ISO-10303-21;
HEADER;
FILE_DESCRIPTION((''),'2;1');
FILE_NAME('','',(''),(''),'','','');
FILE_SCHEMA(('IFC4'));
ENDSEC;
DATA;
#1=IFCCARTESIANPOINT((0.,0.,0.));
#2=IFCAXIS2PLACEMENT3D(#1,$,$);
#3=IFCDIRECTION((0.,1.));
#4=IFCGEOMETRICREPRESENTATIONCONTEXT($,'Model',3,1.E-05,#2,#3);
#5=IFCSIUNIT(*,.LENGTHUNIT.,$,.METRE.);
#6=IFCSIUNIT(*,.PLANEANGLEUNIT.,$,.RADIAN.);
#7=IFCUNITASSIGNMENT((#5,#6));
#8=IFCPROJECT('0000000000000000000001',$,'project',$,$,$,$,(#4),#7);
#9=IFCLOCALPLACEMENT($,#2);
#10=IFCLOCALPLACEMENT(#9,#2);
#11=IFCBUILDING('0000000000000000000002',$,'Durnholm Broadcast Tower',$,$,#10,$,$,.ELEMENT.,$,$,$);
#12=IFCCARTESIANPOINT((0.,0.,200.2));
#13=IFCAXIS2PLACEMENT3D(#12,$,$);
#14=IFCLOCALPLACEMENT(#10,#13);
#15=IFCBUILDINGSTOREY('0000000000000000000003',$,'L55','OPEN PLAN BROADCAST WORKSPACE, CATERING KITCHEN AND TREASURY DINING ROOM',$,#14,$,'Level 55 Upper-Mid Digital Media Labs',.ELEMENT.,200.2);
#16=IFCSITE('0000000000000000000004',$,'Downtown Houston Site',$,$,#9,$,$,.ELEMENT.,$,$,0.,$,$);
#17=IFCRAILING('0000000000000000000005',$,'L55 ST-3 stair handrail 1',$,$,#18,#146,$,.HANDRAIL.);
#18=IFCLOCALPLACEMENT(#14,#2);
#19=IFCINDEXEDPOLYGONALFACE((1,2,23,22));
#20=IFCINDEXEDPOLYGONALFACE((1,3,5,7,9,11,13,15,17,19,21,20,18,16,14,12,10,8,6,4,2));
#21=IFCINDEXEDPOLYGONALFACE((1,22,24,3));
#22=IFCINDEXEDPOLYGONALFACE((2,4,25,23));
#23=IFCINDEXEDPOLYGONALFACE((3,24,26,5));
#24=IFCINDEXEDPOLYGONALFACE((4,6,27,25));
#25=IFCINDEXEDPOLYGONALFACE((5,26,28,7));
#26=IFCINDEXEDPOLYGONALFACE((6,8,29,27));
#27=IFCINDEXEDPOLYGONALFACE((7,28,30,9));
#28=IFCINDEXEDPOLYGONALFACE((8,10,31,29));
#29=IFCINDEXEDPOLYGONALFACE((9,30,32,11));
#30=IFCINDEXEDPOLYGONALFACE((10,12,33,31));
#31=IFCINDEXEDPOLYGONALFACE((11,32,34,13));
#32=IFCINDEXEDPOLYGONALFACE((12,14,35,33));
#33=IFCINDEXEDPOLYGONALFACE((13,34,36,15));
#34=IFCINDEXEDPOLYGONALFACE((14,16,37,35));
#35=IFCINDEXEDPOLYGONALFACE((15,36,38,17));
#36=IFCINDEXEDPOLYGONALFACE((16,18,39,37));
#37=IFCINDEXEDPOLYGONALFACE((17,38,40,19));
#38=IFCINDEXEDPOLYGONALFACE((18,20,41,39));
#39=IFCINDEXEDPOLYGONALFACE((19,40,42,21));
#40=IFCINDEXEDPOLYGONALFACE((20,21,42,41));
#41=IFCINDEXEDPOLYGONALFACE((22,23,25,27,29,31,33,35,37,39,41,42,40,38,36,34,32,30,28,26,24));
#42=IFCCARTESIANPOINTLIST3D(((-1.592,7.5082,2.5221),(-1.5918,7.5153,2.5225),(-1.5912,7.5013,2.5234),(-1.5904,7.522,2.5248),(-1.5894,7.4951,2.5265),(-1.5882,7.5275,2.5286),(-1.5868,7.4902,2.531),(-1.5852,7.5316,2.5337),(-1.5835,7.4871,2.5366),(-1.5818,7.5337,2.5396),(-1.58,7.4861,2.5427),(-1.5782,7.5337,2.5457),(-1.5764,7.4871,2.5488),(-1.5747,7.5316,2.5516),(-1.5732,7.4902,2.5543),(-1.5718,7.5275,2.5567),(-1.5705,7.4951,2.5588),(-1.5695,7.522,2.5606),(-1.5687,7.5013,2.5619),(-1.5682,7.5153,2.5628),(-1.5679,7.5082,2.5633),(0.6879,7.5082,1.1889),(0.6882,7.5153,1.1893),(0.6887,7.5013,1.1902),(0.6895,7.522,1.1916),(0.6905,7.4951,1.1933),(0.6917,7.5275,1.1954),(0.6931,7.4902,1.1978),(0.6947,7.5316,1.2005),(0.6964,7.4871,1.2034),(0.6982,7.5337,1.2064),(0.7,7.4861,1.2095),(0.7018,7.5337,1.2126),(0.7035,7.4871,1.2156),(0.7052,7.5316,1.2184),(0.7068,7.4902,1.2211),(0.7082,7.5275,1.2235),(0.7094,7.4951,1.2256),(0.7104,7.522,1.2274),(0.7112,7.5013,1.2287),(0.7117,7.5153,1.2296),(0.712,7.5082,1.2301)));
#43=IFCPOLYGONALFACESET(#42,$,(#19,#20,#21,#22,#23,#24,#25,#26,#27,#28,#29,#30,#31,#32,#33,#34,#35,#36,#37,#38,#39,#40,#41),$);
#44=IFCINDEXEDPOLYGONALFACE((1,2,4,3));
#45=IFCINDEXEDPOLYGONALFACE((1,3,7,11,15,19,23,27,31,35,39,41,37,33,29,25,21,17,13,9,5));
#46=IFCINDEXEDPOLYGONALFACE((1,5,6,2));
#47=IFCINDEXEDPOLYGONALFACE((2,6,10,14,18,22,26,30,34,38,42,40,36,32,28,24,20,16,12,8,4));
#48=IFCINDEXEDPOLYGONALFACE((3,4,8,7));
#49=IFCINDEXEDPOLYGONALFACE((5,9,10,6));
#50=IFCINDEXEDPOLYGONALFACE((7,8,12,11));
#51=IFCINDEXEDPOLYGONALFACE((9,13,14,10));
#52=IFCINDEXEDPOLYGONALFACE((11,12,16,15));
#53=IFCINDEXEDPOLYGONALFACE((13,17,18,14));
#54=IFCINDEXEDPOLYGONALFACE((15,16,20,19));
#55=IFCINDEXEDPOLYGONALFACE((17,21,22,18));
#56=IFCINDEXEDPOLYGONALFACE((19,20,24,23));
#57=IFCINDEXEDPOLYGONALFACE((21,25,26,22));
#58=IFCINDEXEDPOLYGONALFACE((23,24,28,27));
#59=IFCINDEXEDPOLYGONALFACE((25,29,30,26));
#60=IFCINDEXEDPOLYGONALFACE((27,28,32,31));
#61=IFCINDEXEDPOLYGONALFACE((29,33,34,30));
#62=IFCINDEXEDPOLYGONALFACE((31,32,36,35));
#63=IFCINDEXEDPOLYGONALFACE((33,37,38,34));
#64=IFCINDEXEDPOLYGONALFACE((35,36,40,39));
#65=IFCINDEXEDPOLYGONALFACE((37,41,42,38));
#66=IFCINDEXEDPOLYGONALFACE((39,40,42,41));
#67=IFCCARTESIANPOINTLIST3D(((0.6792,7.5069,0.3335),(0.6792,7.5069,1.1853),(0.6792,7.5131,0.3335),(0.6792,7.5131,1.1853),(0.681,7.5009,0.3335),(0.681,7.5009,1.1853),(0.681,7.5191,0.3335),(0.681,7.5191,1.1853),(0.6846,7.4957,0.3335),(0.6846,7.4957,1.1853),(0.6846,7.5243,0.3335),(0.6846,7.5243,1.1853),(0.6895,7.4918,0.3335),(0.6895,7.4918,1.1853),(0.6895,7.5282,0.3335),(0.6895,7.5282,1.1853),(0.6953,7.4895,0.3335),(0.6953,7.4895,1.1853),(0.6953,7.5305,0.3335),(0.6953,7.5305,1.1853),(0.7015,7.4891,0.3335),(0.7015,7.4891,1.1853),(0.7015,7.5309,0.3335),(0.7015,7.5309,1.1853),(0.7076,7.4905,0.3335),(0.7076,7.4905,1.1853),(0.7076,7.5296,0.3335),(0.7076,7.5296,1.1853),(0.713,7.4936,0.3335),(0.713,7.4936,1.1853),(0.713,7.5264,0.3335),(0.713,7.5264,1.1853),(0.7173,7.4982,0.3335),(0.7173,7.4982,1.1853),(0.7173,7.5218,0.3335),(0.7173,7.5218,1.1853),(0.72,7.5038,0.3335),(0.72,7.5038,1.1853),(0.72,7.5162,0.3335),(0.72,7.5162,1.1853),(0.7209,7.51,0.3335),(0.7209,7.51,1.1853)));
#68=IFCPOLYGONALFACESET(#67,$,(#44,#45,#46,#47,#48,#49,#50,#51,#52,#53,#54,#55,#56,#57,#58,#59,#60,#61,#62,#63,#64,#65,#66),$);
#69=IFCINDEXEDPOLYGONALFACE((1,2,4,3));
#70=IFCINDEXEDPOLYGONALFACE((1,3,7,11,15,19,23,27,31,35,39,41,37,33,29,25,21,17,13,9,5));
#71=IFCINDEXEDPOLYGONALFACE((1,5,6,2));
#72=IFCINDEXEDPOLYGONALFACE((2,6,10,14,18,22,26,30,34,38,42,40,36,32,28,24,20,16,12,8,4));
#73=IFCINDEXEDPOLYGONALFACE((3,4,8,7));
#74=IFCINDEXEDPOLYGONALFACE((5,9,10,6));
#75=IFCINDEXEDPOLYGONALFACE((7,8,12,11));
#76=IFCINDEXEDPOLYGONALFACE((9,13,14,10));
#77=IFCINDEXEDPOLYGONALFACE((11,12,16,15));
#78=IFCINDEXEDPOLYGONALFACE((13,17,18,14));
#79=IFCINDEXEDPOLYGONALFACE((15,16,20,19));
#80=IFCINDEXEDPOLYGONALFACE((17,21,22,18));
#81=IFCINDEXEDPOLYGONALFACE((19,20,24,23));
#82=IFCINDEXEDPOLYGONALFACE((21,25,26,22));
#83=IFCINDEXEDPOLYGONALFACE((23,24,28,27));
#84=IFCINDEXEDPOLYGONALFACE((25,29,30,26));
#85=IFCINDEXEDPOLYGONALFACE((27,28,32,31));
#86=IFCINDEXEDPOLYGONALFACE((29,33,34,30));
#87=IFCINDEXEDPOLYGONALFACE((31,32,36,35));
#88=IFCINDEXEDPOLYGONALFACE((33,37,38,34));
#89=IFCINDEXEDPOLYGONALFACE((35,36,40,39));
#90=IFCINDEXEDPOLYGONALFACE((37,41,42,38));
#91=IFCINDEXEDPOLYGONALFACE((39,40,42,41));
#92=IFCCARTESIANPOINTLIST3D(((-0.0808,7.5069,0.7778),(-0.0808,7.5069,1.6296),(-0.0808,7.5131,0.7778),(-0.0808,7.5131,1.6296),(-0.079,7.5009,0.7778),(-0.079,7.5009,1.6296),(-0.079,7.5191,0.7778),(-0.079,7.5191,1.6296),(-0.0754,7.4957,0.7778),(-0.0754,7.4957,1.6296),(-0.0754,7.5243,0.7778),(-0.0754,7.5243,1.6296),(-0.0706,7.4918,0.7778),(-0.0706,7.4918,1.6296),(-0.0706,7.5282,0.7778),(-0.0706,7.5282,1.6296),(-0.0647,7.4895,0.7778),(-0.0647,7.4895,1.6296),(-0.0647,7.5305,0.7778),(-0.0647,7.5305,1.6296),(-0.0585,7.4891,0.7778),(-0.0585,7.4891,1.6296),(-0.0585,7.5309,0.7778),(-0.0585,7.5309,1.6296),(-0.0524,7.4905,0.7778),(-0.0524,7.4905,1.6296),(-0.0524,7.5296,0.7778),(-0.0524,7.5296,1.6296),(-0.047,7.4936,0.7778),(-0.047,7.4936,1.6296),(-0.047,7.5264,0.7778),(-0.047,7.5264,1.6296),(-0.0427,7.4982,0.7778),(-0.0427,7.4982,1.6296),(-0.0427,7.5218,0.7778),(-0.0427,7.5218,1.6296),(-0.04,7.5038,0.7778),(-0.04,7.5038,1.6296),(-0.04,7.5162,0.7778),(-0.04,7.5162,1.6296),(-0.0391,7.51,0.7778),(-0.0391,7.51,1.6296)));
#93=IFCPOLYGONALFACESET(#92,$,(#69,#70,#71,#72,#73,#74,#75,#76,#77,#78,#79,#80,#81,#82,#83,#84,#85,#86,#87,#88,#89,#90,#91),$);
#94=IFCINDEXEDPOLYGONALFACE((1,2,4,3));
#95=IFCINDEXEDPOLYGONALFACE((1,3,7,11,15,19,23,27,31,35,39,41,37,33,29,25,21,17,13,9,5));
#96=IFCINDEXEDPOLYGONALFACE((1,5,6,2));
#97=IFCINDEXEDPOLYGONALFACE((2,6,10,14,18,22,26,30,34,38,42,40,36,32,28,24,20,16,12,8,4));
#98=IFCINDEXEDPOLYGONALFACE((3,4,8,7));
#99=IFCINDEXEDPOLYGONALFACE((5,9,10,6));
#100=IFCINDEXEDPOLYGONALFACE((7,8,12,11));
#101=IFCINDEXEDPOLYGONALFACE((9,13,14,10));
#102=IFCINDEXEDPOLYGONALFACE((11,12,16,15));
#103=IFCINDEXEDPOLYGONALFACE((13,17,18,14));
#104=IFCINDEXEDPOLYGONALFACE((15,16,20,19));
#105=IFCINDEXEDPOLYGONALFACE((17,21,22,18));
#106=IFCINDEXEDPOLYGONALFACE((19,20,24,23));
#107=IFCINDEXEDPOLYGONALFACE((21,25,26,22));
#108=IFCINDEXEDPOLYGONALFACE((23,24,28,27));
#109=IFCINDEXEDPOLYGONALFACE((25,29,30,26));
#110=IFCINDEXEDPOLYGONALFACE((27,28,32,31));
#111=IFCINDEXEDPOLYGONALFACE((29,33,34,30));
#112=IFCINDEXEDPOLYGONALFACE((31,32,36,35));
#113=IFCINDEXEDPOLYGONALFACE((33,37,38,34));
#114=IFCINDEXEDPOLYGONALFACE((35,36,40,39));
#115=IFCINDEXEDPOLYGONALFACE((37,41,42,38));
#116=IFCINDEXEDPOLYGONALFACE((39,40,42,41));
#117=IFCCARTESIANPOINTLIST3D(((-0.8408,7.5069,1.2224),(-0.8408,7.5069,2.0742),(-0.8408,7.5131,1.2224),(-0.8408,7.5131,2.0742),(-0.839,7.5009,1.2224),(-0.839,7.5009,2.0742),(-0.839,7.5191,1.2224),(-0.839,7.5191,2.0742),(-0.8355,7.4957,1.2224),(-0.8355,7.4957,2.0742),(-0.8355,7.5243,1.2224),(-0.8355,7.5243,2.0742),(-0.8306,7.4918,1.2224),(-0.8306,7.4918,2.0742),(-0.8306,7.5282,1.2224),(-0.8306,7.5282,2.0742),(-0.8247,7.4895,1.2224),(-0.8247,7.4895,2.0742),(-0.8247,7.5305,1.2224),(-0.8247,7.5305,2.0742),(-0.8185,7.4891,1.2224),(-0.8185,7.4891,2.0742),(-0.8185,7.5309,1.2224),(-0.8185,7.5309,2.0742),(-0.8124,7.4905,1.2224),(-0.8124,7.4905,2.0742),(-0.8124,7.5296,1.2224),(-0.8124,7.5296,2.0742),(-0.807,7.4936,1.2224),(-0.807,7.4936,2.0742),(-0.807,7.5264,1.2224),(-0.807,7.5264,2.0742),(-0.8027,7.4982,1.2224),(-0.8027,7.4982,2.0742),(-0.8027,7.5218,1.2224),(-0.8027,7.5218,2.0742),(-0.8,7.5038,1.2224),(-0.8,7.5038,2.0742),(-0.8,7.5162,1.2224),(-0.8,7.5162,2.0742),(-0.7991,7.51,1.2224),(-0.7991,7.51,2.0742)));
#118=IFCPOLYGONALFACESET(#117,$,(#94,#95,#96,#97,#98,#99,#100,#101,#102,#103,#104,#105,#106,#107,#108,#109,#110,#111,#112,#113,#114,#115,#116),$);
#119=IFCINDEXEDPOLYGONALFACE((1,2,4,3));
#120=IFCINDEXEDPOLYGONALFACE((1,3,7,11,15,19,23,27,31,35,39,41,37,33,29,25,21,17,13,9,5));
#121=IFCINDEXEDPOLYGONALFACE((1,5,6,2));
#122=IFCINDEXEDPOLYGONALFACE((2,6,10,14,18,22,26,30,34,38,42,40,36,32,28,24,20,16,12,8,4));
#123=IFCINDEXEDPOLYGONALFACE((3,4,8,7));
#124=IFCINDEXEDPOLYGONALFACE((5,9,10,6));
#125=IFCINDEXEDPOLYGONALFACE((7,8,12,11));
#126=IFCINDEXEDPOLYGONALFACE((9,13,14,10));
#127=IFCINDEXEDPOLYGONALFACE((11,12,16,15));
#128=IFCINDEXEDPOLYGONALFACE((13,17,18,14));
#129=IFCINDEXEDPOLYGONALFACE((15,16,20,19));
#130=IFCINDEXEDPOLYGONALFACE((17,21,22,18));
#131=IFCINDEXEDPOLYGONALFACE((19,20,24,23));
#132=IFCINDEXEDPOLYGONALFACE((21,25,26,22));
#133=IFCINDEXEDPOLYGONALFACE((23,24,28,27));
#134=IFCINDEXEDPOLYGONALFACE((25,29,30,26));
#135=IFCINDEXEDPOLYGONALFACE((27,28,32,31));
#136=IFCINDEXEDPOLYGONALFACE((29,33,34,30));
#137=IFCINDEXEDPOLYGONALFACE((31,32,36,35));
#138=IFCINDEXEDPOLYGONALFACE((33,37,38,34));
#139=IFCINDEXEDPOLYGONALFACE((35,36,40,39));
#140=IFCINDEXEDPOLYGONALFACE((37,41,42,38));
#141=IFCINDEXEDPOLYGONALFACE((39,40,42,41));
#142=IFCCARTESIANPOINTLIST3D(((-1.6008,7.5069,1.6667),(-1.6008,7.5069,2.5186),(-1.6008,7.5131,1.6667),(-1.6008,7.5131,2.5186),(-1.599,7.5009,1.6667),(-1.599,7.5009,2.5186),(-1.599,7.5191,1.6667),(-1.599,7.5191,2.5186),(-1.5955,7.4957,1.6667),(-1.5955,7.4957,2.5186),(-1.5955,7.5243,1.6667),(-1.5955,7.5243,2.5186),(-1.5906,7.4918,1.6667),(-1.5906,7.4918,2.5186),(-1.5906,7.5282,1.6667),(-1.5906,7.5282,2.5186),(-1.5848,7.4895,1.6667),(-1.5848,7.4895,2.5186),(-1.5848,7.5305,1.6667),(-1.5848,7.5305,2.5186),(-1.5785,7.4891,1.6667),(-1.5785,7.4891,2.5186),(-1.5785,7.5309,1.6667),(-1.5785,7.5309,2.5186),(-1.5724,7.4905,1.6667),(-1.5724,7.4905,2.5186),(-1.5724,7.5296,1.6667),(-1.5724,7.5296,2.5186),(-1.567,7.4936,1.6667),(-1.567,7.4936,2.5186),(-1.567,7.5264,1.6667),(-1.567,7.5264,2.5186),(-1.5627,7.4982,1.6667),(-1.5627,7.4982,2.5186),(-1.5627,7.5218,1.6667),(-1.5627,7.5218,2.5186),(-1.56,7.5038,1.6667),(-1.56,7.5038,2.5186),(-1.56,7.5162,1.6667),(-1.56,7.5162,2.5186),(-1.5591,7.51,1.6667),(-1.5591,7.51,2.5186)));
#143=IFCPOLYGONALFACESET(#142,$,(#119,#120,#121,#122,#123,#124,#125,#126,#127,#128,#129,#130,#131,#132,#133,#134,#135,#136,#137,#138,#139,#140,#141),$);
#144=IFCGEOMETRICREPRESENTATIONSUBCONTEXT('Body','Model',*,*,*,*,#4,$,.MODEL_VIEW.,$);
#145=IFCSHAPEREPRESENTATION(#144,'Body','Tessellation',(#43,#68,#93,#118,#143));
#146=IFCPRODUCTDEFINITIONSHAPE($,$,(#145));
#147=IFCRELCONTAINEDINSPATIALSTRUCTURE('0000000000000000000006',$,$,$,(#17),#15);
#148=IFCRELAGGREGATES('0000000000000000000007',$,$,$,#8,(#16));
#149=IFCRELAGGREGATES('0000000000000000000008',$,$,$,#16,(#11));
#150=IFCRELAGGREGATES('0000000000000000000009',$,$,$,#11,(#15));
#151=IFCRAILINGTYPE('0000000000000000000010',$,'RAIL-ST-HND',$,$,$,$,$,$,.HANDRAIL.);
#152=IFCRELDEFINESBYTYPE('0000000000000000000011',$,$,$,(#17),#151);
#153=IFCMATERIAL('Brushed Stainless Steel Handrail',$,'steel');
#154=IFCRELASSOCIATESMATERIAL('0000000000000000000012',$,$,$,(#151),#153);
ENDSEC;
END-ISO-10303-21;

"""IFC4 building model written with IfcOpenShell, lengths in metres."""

from ifc_helpers import new_model, si_unit, direction, frame, origin, origin_2d, place, context, subcontext, project, spatial, circle, extrude, material, type_object, element, save


model = new_model("IFC4")

# Units and contexts
model_context = context("Model", 3, precision=1e-05, world=origin(), true_north=direction((0.0, 1.0)))
body_context = subcontext(model_context, "Body", "Model", "MODEL_VIEW")
ifc_project = project(units=[si_unit("LENGTHUNIT", "METRE"), si_unit("PLANEANGLEUNIT", "RADIAN")], contexts=[model_context])

# Site, building, storey
site_placement = place(None, origin())
site = spatial("IfcSite", under=ifc_project, at=site_placement, Name="Downtown Houston Site", CompositionType="ELEMENT", RefElevation=0.0)
building_placement = place(site_placement, origin())
building = spatial("IfcBuilding", under=site, at=building_placement, Name="Durnholm Broadcast Tower", CompositionType="ELEMENT")
storey_placement = place(building_placement, frame((0.0, 0.0, 200.2)))
storey = spatial("IfcBuildingStorey", under=building, at=storey_placement, Name="L55", Description="OPEN PLAN BROADCAST WORKSPACE, CATERING KITCHEN AND TREASURY DINING ROOM", LongName="Level 55 Upper-Mid Digital Media Labs", CompositionType="ELEMENT", Elevation=200.2)

# Railing
ifc_material_1 = material(Name="Brushed Stainless Steel Handrail", Category="steel")
railing_type_1 = type_object("IfcRailingType", Name="RAIL-ST-HND", PredefinedType="HANDRAIL", material=ifc_material_1)
railing_1_placement = place(storey_placement, frame((0.7, 7.51, 0.3335)))
element("IfcRailing", 1, at=railing_1_placement, inside=storey, type_object=railing_type_1, Name="L55 ST-3 stair handrail 1", PredefinedType="HANDRAIL", context=body_context, shape_type="SweptSolid", body=[
    extrude(circle(Radius=0.0239, at=origin_2d()), frame((0.0, 0.0, 0.876), z_axis=(-0.863245, 0.0, 0.504785), x_axis=(0.0, -1.0, 0.0)), (0.0, 0.0, 1.0), 2.6411),
    extrude(circle(Radius=0.021, at=origin_2d()), origin(), (0.0, 0.0, 1.0), 0.8518),
    extrude(circle(Radius=0.021, at=origin_2d()), frame((-0.76, 0.0, 0.4443)), (0.0, 0.0, 1.0), 0.8518),
    extrude(circle(Radius=0.021, at=origin_2d()), frame((-1.52, 0.0, 0.8889)), (0.0, 0.0, 1.0), 0.8518),
    extrude(circle(Radius=0.021, at=origin_2d()), frame((-2.28, 0.0, 1.3333)), (0.0, 0.0, 1.0), 0.8518),
])

save(model, "model.ifc")
